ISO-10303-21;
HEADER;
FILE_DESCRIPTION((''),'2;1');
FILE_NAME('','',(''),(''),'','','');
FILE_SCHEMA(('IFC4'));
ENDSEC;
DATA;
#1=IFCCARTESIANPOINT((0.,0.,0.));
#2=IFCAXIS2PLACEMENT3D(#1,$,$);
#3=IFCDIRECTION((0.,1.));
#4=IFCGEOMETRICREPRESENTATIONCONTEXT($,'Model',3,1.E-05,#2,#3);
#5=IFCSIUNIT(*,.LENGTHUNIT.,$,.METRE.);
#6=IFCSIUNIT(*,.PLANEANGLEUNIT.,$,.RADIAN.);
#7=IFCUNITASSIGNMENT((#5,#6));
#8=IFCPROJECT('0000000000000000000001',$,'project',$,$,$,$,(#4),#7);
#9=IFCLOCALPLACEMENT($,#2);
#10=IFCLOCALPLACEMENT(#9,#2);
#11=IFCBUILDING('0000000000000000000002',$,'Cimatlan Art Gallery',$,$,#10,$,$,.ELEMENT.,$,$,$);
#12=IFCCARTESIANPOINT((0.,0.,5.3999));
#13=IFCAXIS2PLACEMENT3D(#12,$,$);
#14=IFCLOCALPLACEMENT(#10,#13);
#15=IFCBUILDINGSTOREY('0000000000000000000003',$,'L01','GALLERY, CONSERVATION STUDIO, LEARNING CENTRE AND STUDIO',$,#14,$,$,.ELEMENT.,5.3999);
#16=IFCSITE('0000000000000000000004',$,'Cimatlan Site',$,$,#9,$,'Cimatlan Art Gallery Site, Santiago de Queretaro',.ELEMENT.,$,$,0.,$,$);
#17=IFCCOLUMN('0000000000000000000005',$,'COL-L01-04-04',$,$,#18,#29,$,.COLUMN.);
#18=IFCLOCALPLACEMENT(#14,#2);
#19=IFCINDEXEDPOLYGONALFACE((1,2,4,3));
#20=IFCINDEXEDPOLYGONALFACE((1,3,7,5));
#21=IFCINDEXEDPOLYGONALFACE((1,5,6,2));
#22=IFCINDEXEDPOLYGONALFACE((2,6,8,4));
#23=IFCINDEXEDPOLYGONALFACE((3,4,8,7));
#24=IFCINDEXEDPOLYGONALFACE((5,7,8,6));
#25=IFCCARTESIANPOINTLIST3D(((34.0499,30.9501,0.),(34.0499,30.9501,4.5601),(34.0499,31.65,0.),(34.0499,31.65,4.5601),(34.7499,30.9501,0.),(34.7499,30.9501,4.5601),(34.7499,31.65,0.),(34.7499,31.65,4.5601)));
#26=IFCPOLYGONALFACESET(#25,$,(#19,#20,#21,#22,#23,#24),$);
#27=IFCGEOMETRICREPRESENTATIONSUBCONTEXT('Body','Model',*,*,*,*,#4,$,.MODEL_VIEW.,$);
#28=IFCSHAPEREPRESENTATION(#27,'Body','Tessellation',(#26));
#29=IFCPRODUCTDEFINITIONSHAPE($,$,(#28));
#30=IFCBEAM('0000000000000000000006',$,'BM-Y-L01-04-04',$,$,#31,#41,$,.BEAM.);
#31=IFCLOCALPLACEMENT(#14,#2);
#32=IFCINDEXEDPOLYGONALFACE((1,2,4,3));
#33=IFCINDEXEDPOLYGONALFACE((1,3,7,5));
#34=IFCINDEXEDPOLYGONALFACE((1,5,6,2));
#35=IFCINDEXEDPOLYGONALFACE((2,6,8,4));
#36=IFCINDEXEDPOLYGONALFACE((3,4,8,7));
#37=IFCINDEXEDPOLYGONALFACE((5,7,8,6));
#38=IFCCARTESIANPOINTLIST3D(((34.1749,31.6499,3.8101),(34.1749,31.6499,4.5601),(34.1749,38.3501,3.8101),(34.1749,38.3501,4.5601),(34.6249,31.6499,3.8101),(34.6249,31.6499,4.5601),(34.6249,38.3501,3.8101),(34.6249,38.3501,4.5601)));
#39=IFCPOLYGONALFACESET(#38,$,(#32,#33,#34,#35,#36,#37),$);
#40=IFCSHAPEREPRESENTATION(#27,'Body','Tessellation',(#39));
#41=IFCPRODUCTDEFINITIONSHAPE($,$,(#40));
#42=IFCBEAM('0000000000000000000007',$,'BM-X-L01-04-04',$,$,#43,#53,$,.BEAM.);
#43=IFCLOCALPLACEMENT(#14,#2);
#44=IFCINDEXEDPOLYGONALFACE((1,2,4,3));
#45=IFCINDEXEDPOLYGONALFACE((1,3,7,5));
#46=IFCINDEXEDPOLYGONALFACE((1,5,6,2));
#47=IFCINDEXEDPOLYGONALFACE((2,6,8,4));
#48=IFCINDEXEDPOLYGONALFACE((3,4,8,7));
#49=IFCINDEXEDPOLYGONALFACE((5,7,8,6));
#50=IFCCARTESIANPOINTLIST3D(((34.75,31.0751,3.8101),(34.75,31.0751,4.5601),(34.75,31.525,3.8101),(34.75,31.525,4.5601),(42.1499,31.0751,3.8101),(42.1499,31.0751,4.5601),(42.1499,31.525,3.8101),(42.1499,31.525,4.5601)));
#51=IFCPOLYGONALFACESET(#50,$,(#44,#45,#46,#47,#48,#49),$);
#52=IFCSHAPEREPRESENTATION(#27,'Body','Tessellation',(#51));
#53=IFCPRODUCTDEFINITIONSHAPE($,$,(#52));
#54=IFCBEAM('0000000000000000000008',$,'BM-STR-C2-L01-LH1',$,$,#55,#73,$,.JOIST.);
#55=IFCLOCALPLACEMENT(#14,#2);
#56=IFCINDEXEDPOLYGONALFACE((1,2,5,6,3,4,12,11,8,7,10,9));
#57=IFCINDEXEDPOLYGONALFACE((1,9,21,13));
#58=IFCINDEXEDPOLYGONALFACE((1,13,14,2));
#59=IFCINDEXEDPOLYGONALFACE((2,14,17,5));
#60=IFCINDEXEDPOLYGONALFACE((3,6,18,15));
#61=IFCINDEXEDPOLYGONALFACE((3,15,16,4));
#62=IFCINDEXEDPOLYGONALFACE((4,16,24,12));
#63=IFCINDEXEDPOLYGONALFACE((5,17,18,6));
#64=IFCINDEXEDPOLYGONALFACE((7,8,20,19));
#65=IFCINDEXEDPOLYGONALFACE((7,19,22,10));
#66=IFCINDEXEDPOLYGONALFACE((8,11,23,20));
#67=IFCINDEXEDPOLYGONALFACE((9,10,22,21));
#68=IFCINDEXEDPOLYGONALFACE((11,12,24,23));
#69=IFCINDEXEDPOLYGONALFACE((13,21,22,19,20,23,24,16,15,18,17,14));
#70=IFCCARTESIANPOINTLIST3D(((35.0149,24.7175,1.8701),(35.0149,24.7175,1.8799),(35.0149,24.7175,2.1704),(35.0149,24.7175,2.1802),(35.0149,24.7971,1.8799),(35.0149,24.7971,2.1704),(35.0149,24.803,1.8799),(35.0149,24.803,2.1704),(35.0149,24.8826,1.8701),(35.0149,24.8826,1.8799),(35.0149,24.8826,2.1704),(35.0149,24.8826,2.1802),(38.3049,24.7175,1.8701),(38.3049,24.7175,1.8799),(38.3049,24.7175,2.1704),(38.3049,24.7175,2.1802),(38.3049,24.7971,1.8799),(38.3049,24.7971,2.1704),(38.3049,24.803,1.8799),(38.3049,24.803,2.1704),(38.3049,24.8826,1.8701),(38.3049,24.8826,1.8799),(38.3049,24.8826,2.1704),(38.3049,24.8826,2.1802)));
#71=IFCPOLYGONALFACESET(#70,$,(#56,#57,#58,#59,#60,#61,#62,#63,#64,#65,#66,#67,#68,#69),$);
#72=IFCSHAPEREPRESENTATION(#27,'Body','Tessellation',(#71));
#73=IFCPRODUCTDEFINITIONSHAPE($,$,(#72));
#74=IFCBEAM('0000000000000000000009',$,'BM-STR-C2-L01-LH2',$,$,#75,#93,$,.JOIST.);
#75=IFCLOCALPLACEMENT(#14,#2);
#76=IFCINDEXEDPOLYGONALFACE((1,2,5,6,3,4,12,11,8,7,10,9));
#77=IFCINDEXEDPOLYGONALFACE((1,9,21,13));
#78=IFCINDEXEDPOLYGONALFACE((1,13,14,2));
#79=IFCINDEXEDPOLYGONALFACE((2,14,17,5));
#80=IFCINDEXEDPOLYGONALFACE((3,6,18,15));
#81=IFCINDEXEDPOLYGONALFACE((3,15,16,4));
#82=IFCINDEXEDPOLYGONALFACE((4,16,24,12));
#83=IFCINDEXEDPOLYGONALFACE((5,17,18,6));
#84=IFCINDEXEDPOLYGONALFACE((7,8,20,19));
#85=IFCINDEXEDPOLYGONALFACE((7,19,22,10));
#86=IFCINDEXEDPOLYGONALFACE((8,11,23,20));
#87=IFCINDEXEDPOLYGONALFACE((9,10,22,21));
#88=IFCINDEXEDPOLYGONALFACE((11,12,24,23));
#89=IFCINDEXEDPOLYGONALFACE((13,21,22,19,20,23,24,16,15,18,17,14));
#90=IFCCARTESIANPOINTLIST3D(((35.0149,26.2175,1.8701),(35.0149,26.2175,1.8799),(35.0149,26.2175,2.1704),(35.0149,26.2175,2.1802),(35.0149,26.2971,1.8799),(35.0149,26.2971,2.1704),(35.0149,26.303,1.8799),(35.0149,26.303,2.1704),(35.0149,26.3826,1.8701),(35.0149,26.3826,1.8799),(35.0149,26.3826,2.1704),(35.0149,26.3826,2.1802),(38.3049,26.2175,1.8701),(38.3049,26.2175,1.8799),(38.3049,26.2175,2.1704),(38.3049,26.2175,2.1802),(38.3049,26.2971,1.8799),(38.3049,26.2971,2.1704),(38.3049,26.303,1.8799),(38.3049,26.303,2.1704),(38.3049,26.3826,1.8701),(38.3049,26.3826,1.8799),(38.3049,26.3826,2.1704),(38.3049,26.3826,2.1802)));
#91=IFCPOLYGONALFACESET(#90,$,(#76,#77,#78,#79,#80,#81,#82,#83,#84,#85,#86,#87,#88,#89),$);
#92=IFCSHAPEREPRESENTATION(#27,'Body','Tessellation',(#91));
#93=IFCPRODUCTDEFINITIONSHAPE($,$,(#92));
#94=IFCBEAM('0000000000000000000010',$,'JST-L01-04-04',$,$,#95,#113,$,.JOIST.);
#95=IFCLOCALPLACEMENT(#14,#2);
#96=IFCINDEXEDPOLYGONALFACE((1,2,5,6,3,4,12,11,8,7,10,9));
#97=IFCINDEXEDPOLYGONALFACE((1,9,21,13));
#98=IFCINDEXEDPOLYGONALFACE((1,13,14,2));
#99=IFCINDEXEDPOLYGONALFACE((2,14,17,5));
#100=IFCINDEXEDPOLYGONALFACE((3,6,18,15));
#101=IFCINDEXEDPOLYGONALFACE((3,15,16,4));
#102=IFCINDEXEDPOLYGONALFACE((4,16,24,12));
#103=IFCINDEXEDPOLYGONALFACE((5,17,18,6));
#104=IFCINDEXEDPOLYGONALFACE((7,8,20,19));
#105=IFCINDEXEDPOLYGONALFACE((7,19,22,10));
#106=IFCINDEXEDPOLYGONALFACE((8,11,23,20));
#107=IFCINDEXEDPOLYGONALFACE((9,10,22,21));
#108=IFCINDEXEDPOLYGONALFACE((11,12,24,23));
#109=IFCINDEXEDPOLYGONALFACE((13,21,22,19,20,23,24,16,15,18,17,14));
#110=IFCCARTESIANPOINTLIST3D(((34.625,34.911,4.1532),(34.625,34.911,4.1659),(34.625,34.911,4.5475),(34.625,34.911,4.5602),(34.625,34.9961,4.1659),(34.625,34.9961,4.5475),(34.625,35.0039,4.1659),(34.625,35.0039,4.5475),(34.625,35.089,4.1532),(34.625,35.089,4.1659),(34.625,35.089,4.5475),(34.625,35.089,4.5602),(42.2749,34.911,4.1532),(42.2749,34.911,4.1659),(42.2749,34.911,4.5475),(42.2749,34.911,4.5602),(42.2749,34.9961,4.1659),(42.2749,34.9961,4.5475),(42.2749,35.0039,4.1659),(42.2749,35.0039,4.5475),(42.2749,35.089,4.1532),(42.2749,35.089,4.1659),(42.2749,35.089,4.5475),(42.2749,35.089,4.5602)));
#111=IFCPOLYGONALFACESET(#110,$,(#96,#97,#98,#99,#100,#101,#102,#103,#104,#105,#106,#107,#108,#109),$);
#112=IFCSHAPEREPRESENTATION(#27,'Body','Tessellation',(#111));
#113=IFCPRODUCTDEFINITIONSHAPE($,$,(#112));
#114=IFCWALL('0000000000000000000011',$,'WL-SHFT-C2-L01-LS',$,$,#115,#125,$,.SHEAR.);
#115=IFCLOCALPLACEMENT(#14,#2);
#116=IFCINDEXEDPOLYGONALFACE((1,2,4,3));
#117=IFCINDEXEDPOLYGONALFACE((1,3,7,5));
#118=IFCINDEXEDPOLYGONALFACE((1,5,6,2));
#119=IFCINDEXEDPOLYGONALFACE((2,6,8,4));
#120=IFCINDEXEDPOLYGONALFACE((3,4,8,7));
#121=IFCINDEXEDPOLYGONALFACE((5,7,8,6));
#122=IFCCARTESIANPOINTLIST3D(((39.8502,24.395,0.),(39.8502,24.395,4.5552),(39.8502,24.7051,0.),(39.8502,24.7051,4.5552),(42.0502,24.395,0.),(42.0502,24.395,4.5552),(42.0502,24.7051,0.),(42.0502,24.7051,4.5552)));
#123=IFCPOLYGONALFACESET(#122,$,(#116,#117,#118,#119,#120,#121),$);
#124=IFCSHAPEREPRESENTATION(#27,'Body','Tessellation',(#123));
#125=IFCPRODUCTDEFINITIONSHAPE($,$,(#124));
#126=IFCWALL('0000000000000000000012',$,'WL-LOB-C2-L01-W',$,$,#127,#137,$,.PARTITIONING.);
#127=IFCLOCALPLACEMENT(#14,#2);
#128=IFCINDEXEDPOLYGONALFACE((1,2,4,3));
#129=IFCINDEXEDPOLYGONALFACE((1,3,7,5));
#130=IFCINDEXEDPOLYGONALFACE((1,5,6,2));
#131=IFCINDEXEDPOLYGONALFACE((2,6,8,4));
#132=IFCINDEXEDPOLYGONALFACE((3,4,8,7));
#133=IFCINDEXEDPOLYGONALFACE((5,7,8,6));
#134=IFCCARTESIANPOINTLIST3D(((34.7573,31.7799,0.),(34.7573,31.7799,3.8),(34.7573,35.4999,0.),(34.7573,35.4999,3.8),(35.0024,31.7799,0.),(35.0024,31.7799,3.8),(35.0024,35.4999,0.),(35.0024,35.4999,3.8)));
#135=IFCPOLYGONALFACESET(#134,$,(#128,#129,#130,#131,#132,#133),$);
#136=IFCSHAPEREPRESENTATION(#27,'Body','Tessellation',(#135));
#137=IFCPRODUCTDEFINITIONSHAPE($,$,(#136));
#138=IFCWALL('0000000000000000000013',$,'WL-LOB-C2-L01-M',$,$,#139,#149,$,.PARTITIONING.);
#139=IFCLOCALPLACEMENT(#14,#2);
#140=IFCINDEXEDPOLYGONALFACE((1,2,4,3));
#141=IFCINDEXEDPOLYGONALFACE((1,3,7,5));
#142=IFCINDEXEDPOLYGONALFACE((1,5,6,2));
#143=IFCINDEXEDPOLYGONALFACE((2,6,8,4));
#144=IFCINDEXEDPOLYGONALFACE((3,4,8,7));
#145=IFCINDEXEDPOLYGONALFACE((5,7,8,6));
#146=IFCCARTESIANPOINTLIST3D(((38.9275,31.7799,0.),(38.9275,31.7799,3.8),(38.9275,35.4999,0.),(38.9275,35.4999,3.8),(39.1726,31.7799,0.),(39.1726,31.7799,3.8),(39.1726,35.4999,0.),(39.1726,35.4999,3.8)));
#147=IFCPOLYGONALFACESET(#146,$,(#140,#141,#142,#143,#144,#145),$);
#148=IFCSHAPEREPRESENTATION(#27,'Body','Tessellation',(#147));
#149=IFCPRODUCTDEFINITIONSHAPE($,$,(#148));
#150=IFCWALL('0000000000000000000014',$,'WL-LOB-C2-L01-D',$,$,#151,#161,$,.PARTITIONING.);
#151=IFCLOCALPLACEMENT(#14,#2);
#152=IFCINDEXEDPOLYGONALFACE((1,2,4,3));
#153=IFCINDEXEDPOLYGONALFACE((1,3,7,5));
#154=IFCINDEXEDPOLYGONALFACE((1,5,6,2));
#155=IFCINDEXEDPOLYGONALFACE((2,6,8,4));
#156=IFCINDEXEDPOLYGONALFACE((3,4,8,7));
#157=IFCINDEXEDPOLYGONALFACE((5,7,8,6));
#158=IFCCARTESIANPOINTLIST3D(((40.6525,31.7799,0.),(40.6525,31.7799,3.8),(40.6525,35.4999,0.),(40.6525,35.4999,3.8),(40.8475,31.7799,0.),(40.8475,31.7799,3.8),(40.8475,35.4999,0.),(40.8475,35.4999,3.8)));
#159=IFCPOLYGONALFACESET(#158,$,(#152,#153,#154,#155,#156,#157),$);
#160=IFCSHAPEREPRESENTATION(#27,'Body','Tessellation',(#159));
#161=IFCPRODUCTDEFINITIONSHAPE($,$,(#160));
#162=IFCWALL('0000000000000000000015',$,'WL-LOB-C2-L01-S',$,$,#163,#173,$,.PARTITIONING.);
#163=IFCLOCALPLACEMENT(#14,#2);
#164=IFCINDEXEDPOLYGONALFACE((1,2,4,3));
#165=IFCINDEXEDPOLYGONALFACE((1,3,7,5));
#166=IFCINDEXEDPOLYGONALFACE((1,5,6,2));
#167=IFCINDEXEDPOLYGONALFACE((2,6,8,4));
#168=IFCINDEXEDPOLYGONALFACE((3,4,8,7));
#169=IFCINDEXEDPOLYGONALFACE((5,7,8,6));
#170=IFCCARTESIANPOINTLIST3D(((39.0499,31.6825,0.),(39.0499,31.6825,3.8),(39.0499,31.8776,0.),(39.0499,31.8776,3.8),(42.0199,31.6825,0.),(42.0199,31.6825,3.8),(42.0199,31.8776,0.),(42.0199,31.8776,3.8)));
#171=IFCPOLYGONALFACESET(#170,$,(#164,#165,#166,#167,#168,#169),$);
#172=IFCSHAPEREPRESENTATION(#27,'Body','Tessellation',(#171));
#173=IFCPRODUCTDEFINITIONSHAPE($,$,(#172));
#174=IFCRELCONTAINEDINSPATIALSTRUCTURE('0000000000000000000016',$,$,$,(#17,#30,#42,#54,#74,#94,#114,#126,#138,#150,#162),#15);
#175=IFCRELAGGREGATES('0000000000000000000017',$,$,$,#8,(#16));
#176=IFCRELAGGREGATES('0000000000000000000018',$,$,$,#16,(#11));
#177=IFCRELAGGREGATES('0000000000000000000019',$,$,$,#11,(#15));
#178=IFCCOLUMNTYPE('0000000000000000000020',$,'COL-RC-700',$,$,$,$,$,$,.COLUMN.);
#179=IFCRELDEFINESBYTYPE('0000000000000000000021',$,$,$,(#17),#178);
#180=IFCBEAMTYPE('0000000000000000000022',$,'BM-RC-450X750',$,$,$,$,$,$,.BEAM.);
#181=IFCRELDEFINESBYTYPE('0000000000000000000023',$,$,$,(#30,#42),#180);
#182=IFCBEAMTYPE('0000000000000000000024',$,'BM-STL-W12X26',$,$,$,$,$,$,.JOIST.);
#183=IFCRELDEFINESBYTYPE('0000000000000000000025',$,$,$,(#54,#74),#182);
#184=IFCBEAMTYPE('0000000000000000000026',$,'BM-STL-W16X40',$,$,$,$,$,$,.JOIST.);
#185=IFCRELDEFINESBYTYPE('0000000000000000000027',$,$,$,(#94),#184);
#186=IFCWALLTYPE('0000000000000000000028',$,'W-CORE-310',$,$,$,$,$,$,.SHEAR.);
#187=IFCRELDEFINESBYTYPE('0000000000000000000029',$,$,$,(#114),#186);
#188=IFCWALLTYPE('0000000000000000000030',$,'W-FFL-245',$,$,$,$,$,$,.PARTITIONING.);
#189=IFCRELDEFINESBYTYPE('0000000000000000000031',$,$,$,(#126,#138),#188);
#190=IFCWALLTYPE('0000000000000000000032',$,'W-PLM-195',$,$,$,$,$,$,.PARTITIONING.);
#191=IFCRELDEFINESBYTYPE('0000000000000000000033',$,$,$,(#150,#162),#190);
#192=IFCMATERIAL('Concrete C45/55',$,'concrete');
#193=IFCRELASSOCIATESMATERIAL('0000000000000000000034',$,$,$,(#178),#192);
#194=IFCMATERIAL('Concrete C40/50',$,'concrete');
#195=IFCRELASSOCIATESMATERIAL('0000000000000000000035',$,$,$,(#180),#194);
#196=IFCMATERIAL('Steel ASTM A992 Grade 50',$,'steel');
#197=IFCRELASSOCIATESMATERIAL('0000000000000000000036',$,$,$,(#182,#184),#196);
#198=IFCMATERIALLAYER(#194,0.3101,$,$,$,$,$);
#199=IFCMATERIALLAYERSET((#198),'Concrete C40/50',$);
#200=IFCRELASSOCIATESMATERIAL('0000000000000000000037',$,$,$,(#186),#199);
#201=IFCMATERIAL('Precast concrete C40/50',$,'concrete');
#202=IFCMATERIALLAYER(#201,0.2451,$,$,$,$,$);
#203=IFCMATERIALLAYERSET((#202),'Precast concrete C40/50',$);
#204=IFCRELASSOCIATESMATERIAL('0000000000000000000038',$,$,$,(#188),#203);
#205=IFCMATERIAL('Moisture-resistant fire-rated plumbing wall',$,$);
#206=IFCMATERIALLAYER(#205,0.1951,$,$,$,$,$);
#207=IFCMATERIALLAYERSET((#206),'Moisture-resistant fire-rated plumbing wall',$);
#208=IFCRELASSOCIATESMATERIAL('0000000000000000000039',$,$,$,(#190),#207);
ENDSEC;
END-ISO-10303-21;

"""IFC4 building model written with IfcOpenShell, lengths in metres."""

from ifc_helpers import new_model, si_unit, direction, frame, frame_2d, origin, origin_2d, place, context, subcontext, project, spatial, rectangle, i_section, extrude, material, layer, layer_set, material_profile, profile_set, type_object, element, save


model = new_model("IFC4")

# Units and contexts
model_context = context("Model", 3, precision=1e-05, world=origin(), true_north=direction((0.0, 1.0)))
body_context = subcontext(model_context, "Body", "Model", "MODEL_VIEW")
ifc_project = project(units=[si_unit("LENGTHUNIT", "METRE"), si_unit("PLANEANGLEUNIT", "RADIAN")], contexts=[model_context])

# Site, building, storey
site_placement = place(None, origin())
site = spatial("IfcSite", under=ifc_project, at=site_placement, Name="Cimatlan Site", LongName="Cimatlan Art Gallery Site, Santiago de Queretaro", CompositionType="ELEMENT", RefElevation=0.0)
building_placement = place(site_placement, origin())
building = spatial("IfcBuilding", under=site, at=building_placement, Name="Cimatlan Art Gallery", CompositionType="ELEMENT")
storey_placement = place(building_placement, frame((0.0, 0.0, 5.3999)))
storey = spatial("IfcBuildingStorey", under=building, at=storey_placement, Name="L01", Description="GALLERY, CONSERVATION STUDIO, LEARNING CENTRE AND STUDIO", CompositionType="ELEMENT", Elevation=5.3999)

# Column
ifc_material_1 = material(Name="Concrete C45/55", Category="concrete")
ifc_material_profile_1 = material_profile(ifc_material_1, rectangle(XDim=0.7, YDim=0.7, at=origin_2d()), Name="RC700X700")
ifc_profile_set_1 = profile_set([ifc_material_profile_1], Name="Concrete C45/55")
column_type = type_object("IfcColumnType", Name="COL-RC-700", PredefinedType="COLUMN", material=ifc_profile_set_1)
column_placement = place(storey_placement, frame((34.3999, 31.3, 0.0), z_axis=(0.0, 0.0, 1.0), x_axis=(1.0, 0.0, 0.0)))
element("IfcColumn", 1, at=column_placement, inside=storey, type_object=column_type, Name="COL-L01-04-04", PredefinedType="COLUMN", context=body_context, shape_type="SweptSolid", body=[
    extrude(rectangle(XDim=0.7, YDim=0.7, at=origin_2d()), origin(), (0.0, 0.0, 1.0), 4.5601),
])

# Beams
ifc_material_2 = material(Name="Concrete C40/50", Category="concrete")
ifc_material_profile_2 = material_profile(ifc_material_2, rectangle(XDim=0.45, YDim=0.75, at=origin_2d()), Name="RC450X750")
ifc_profile_set_2 = profile_set([ifc_material_profile_2], Name="Concrete C40/50")
beam_type_1 = type_object("IfcBeamType", Name="BM-RC-450X750", PredefinedType="BEAM", material=ifc_profile_set_2)
beam_1_placement = place(storey_placement, frame((34.3999, 31.6499, 4.1851), z_axis=(0.0, 1.0, 0.0), x_axis=(-1.0, 0.0, 0.0)))
element("IfcBeam", 2, at=beam_1_placement, inside=storey, type_object=beam_type_1, Name="BM-Y-L01-04-04", PredefinedType="BEAM", context=body_context, shape_type="SweptSolid", body=[
    extrude(rectangle(XDim=0.45, YDim=0.75, at=origin_2d()), origin(), (0.0, 0.0, 1.0), 6.7002),
])
beam_2_placement = place(storey_placement, frame((34.75, 31.3, 4.1851), z_axis=(1.0, 0.0, 0.0), x_axis=(0.0, 1.0, 0.0)))
element("IfcBeam", 3, at=beam_2_placement, inside=storey, type_object=beam_type_1, Name="BM-X-L01-04-04", PredefinedType="BEAM", context=body_context, shape_type="SweptSolid", body=[
    extrude(rectangle(XDim=0.45, YDim=0.75, at=origin_2d()), origin(), (0.0, 0.0, 1.0), 7.3999),
])
ifc_material_3 = material(Name="Steel ASTM A992 Grade 50", Category="steel")
ifc_material_profile_3 = material_profile(ifc_material_3, i_section(OverallWidth=0.165, OverallDepth=0.3101, WebThickness=0.0059, FlangeThickness=0.0098, at=origin_2d()), Name="W12X26")
ifc_profile_set_3 = profile_set([ifc_material_profile_3], Name="Steel ASTM A992 Grade 50")
beam_type_2 = type_object("IfcBeamType", Name="BM-STL-W12X26", PredefinedType="JOIST", material=ifc_profile_set_3)
for number, where, z_axis, x_axis, name in (
    (4, (35.0149, 24.8, 2.0251), (1.0, 0.0, 0.0), (0.0, 1.0, 0.0), "BM-STR-C2-L01-LH1"),
    (5, (35.0149, 26.3, 2.0251), (1.0, 0.0, 0.0), (0.0, 1.0, 0.0), "BM-STR-C2-L01-LH2"),
):
    element("IfcBeam", number, at=place(storey_placement, frame(where, z_axis=z_axis, x_axis=x_axis)), inside=storey, type_object=beam_type_2, Name=name, PredefinedType="JOIST", context=body_context, shape_type="SweptSolid", body=[
        extrude(i_section(OverallWidth=0.165, OverallDepth=0.3101, WebThickness=0.0059, FlangeThickness=0.0098, at=origin_2d()), origin(), (0.0, 0.0, 1.0), 3.29),
    ])
ifc_material_profile_4 = material_profile(ifc_material_3, i_section(OverallWidth=0.178, OverallDepth=0.407, WebThickness=0.0078, FlangeThickness=0.0127, at=origin_2d()), Name="W16X40")
ifc_profile_set_4 = profile_set([ifc_material_profile_4], Name="Steel ASTM A992 Grade 50")
beam_type_3 = type_object("IfcBeamType", Name="BM-STL-W16X40", PredefinedType="JOIST", material=ifc_profile_set_4)
beam_3_placement = place(storey_placement, frame((34.625, 35.0, 4.3567), z_axis=(1.0, 0.0, 0.0), x_axis=(0.0, 1.0, 0.0)))
element("IfcBeam", 6, at=beam_3_placement, inside=storey, type_object=beam_type_3, Name="JST-L01-04-04", PredefinedType="JOIST", context=body_context, shape_type="SweptSolid", body=[
    extrude(i_section(OverallWidth=0.178, OverallDepth=0.407, WebThickness=0.0078, FlangeThickness=0.0127, at=origin_2d()), origin(), (0.0, 0.0, 1.0), 7.6499),
])

# Wall
ifc_layer_1 = layer(ifc_material_2, 0.3101)
ifc_layer_set_1 = layer_set([ifc_layer_1], Name="Concrete C40/50")
wall_type_1 = type_object("IfcWallType", Name="W-CORE-310", PredefinedType="SHEAR", material=ifc_layer_set_1)
wall_1_placement = place(storey_placement, frame((39.8501, 24.55, 0.0), z_axis=(0.0, 0.0, 1.0), x_axis=(1.0, 0.0, 0.0)))
element("IfcWall", 7, at=wall_1_placement, inside=storey, type_object=wall_type_1, Name="WL-SHFT-C2-L01-LS", PredefinedType="SHEAR", context=body_context, shape_type="SweptSolid", body=[
    extrude(rectangle(XDim=2.2, YDim=0.3101, at=frame_2d((1.1001, 0.0))), origin(), (0.0, 0.0, 1.0), 4.5552),
])

# Walls
ifc_material_4 = material(Name="Precast concrete C40/50", Category="concrete")
ifc_layer_2 = layer(ifc_material_4, 0.2451)
ifc_layer_set_2 = layer_set([ifc_layer_2], Name="Precast concrete C40/50")
wall_type_2 = type_object("IfcWallType", Name="W-FFL-245", PredefinedType="PARTITIONING", material=ifc_layer_set_2)
for number, where, z_axis, x_axis, name in (
    (8, (34.8799, 31.78, 0.0), (0.0, 0.0, 1.0), (0.0, 1.0, 0.0), "WL-LOB-C2-L01-W"),
    (9, (39.05, 31.78, 0.0), (0.0, 0.0, 1.0), (0.0, 1.0, 0.0), "WL-LOB-C2-L01-M"),
):
    element("IfcWall", number, at=place(storey_placement, frame(where, z_axis=z_axis, x_axis=x_axis)), inside=storey, type_object=wall_type_2, Name=name, PredefinedType="PARTITIONING", context=body_context, shape_type="SweptSolid", body=[
        extrude(rectangle(XDim=3.72, YDim=0.2451, at=frame_2d((1.8599, 0.0))), origin(), (0.0, 0.0, 1.0), 3.8),
    ])
ifc_material_5 = material(Name="Moisture-resistant fire-rated plumbing wall")
ifc_layer_3 = layer(ifc_material_5, 0.1951)
ifc_layer_set_3 = layer_set([ifc_layer_3], Name="Moisture-resistant fire-rated plumbing wall")
wall_type_3 = type_object("IfcWallType", Name="W-PLM-195", PredefinedType="PARTITIONING", material=ifc_layer_set_3)
wall_2_placement = place(storey_placement, frame((40.75, 31.78, 0.0), z_axis=(0.0, 0.0, 1.0), x_axis=(0.0, 1.0, 0.0)))
element("IfcWall", 10, at=wall_2_placement, inside=storey, type_object=wall_type_3, Name="WL-LOB-C2-L01-D", PredefinedType="PARTITIONING", context=body_context, shape_type="SweptSolid", body=[
    extrude(rectangle(XDim=3.72, YDim=0.1951, at=frame_2d((1.8599, 0.0))), origin(), (0.0, 0.0, 1.0), 3.8),
])
wall_3_placement = place(storey_placement, frame((39.05, 31.78, 0.0), z_axis=(0.0, 0.0, 1.0), x_axis=(1.0, 0.0, 0.0)))
element("IfcWall", 11, at=wall_3_placement, inside=storey, type_object=wall_type_3, Name="WL-LOB-C2-L01-S", PredefinedType="PARTITIONING", context=body_context, shape_type="SweptSolid", body=[
    extrude(rectangle(XDim=2.97, YDim=0.1951, at=frame_2d((1.4849, 0.0))), origin(), (0.0, 0.0, 1.0), 3.8),
])

save(model, "model.ifc")
